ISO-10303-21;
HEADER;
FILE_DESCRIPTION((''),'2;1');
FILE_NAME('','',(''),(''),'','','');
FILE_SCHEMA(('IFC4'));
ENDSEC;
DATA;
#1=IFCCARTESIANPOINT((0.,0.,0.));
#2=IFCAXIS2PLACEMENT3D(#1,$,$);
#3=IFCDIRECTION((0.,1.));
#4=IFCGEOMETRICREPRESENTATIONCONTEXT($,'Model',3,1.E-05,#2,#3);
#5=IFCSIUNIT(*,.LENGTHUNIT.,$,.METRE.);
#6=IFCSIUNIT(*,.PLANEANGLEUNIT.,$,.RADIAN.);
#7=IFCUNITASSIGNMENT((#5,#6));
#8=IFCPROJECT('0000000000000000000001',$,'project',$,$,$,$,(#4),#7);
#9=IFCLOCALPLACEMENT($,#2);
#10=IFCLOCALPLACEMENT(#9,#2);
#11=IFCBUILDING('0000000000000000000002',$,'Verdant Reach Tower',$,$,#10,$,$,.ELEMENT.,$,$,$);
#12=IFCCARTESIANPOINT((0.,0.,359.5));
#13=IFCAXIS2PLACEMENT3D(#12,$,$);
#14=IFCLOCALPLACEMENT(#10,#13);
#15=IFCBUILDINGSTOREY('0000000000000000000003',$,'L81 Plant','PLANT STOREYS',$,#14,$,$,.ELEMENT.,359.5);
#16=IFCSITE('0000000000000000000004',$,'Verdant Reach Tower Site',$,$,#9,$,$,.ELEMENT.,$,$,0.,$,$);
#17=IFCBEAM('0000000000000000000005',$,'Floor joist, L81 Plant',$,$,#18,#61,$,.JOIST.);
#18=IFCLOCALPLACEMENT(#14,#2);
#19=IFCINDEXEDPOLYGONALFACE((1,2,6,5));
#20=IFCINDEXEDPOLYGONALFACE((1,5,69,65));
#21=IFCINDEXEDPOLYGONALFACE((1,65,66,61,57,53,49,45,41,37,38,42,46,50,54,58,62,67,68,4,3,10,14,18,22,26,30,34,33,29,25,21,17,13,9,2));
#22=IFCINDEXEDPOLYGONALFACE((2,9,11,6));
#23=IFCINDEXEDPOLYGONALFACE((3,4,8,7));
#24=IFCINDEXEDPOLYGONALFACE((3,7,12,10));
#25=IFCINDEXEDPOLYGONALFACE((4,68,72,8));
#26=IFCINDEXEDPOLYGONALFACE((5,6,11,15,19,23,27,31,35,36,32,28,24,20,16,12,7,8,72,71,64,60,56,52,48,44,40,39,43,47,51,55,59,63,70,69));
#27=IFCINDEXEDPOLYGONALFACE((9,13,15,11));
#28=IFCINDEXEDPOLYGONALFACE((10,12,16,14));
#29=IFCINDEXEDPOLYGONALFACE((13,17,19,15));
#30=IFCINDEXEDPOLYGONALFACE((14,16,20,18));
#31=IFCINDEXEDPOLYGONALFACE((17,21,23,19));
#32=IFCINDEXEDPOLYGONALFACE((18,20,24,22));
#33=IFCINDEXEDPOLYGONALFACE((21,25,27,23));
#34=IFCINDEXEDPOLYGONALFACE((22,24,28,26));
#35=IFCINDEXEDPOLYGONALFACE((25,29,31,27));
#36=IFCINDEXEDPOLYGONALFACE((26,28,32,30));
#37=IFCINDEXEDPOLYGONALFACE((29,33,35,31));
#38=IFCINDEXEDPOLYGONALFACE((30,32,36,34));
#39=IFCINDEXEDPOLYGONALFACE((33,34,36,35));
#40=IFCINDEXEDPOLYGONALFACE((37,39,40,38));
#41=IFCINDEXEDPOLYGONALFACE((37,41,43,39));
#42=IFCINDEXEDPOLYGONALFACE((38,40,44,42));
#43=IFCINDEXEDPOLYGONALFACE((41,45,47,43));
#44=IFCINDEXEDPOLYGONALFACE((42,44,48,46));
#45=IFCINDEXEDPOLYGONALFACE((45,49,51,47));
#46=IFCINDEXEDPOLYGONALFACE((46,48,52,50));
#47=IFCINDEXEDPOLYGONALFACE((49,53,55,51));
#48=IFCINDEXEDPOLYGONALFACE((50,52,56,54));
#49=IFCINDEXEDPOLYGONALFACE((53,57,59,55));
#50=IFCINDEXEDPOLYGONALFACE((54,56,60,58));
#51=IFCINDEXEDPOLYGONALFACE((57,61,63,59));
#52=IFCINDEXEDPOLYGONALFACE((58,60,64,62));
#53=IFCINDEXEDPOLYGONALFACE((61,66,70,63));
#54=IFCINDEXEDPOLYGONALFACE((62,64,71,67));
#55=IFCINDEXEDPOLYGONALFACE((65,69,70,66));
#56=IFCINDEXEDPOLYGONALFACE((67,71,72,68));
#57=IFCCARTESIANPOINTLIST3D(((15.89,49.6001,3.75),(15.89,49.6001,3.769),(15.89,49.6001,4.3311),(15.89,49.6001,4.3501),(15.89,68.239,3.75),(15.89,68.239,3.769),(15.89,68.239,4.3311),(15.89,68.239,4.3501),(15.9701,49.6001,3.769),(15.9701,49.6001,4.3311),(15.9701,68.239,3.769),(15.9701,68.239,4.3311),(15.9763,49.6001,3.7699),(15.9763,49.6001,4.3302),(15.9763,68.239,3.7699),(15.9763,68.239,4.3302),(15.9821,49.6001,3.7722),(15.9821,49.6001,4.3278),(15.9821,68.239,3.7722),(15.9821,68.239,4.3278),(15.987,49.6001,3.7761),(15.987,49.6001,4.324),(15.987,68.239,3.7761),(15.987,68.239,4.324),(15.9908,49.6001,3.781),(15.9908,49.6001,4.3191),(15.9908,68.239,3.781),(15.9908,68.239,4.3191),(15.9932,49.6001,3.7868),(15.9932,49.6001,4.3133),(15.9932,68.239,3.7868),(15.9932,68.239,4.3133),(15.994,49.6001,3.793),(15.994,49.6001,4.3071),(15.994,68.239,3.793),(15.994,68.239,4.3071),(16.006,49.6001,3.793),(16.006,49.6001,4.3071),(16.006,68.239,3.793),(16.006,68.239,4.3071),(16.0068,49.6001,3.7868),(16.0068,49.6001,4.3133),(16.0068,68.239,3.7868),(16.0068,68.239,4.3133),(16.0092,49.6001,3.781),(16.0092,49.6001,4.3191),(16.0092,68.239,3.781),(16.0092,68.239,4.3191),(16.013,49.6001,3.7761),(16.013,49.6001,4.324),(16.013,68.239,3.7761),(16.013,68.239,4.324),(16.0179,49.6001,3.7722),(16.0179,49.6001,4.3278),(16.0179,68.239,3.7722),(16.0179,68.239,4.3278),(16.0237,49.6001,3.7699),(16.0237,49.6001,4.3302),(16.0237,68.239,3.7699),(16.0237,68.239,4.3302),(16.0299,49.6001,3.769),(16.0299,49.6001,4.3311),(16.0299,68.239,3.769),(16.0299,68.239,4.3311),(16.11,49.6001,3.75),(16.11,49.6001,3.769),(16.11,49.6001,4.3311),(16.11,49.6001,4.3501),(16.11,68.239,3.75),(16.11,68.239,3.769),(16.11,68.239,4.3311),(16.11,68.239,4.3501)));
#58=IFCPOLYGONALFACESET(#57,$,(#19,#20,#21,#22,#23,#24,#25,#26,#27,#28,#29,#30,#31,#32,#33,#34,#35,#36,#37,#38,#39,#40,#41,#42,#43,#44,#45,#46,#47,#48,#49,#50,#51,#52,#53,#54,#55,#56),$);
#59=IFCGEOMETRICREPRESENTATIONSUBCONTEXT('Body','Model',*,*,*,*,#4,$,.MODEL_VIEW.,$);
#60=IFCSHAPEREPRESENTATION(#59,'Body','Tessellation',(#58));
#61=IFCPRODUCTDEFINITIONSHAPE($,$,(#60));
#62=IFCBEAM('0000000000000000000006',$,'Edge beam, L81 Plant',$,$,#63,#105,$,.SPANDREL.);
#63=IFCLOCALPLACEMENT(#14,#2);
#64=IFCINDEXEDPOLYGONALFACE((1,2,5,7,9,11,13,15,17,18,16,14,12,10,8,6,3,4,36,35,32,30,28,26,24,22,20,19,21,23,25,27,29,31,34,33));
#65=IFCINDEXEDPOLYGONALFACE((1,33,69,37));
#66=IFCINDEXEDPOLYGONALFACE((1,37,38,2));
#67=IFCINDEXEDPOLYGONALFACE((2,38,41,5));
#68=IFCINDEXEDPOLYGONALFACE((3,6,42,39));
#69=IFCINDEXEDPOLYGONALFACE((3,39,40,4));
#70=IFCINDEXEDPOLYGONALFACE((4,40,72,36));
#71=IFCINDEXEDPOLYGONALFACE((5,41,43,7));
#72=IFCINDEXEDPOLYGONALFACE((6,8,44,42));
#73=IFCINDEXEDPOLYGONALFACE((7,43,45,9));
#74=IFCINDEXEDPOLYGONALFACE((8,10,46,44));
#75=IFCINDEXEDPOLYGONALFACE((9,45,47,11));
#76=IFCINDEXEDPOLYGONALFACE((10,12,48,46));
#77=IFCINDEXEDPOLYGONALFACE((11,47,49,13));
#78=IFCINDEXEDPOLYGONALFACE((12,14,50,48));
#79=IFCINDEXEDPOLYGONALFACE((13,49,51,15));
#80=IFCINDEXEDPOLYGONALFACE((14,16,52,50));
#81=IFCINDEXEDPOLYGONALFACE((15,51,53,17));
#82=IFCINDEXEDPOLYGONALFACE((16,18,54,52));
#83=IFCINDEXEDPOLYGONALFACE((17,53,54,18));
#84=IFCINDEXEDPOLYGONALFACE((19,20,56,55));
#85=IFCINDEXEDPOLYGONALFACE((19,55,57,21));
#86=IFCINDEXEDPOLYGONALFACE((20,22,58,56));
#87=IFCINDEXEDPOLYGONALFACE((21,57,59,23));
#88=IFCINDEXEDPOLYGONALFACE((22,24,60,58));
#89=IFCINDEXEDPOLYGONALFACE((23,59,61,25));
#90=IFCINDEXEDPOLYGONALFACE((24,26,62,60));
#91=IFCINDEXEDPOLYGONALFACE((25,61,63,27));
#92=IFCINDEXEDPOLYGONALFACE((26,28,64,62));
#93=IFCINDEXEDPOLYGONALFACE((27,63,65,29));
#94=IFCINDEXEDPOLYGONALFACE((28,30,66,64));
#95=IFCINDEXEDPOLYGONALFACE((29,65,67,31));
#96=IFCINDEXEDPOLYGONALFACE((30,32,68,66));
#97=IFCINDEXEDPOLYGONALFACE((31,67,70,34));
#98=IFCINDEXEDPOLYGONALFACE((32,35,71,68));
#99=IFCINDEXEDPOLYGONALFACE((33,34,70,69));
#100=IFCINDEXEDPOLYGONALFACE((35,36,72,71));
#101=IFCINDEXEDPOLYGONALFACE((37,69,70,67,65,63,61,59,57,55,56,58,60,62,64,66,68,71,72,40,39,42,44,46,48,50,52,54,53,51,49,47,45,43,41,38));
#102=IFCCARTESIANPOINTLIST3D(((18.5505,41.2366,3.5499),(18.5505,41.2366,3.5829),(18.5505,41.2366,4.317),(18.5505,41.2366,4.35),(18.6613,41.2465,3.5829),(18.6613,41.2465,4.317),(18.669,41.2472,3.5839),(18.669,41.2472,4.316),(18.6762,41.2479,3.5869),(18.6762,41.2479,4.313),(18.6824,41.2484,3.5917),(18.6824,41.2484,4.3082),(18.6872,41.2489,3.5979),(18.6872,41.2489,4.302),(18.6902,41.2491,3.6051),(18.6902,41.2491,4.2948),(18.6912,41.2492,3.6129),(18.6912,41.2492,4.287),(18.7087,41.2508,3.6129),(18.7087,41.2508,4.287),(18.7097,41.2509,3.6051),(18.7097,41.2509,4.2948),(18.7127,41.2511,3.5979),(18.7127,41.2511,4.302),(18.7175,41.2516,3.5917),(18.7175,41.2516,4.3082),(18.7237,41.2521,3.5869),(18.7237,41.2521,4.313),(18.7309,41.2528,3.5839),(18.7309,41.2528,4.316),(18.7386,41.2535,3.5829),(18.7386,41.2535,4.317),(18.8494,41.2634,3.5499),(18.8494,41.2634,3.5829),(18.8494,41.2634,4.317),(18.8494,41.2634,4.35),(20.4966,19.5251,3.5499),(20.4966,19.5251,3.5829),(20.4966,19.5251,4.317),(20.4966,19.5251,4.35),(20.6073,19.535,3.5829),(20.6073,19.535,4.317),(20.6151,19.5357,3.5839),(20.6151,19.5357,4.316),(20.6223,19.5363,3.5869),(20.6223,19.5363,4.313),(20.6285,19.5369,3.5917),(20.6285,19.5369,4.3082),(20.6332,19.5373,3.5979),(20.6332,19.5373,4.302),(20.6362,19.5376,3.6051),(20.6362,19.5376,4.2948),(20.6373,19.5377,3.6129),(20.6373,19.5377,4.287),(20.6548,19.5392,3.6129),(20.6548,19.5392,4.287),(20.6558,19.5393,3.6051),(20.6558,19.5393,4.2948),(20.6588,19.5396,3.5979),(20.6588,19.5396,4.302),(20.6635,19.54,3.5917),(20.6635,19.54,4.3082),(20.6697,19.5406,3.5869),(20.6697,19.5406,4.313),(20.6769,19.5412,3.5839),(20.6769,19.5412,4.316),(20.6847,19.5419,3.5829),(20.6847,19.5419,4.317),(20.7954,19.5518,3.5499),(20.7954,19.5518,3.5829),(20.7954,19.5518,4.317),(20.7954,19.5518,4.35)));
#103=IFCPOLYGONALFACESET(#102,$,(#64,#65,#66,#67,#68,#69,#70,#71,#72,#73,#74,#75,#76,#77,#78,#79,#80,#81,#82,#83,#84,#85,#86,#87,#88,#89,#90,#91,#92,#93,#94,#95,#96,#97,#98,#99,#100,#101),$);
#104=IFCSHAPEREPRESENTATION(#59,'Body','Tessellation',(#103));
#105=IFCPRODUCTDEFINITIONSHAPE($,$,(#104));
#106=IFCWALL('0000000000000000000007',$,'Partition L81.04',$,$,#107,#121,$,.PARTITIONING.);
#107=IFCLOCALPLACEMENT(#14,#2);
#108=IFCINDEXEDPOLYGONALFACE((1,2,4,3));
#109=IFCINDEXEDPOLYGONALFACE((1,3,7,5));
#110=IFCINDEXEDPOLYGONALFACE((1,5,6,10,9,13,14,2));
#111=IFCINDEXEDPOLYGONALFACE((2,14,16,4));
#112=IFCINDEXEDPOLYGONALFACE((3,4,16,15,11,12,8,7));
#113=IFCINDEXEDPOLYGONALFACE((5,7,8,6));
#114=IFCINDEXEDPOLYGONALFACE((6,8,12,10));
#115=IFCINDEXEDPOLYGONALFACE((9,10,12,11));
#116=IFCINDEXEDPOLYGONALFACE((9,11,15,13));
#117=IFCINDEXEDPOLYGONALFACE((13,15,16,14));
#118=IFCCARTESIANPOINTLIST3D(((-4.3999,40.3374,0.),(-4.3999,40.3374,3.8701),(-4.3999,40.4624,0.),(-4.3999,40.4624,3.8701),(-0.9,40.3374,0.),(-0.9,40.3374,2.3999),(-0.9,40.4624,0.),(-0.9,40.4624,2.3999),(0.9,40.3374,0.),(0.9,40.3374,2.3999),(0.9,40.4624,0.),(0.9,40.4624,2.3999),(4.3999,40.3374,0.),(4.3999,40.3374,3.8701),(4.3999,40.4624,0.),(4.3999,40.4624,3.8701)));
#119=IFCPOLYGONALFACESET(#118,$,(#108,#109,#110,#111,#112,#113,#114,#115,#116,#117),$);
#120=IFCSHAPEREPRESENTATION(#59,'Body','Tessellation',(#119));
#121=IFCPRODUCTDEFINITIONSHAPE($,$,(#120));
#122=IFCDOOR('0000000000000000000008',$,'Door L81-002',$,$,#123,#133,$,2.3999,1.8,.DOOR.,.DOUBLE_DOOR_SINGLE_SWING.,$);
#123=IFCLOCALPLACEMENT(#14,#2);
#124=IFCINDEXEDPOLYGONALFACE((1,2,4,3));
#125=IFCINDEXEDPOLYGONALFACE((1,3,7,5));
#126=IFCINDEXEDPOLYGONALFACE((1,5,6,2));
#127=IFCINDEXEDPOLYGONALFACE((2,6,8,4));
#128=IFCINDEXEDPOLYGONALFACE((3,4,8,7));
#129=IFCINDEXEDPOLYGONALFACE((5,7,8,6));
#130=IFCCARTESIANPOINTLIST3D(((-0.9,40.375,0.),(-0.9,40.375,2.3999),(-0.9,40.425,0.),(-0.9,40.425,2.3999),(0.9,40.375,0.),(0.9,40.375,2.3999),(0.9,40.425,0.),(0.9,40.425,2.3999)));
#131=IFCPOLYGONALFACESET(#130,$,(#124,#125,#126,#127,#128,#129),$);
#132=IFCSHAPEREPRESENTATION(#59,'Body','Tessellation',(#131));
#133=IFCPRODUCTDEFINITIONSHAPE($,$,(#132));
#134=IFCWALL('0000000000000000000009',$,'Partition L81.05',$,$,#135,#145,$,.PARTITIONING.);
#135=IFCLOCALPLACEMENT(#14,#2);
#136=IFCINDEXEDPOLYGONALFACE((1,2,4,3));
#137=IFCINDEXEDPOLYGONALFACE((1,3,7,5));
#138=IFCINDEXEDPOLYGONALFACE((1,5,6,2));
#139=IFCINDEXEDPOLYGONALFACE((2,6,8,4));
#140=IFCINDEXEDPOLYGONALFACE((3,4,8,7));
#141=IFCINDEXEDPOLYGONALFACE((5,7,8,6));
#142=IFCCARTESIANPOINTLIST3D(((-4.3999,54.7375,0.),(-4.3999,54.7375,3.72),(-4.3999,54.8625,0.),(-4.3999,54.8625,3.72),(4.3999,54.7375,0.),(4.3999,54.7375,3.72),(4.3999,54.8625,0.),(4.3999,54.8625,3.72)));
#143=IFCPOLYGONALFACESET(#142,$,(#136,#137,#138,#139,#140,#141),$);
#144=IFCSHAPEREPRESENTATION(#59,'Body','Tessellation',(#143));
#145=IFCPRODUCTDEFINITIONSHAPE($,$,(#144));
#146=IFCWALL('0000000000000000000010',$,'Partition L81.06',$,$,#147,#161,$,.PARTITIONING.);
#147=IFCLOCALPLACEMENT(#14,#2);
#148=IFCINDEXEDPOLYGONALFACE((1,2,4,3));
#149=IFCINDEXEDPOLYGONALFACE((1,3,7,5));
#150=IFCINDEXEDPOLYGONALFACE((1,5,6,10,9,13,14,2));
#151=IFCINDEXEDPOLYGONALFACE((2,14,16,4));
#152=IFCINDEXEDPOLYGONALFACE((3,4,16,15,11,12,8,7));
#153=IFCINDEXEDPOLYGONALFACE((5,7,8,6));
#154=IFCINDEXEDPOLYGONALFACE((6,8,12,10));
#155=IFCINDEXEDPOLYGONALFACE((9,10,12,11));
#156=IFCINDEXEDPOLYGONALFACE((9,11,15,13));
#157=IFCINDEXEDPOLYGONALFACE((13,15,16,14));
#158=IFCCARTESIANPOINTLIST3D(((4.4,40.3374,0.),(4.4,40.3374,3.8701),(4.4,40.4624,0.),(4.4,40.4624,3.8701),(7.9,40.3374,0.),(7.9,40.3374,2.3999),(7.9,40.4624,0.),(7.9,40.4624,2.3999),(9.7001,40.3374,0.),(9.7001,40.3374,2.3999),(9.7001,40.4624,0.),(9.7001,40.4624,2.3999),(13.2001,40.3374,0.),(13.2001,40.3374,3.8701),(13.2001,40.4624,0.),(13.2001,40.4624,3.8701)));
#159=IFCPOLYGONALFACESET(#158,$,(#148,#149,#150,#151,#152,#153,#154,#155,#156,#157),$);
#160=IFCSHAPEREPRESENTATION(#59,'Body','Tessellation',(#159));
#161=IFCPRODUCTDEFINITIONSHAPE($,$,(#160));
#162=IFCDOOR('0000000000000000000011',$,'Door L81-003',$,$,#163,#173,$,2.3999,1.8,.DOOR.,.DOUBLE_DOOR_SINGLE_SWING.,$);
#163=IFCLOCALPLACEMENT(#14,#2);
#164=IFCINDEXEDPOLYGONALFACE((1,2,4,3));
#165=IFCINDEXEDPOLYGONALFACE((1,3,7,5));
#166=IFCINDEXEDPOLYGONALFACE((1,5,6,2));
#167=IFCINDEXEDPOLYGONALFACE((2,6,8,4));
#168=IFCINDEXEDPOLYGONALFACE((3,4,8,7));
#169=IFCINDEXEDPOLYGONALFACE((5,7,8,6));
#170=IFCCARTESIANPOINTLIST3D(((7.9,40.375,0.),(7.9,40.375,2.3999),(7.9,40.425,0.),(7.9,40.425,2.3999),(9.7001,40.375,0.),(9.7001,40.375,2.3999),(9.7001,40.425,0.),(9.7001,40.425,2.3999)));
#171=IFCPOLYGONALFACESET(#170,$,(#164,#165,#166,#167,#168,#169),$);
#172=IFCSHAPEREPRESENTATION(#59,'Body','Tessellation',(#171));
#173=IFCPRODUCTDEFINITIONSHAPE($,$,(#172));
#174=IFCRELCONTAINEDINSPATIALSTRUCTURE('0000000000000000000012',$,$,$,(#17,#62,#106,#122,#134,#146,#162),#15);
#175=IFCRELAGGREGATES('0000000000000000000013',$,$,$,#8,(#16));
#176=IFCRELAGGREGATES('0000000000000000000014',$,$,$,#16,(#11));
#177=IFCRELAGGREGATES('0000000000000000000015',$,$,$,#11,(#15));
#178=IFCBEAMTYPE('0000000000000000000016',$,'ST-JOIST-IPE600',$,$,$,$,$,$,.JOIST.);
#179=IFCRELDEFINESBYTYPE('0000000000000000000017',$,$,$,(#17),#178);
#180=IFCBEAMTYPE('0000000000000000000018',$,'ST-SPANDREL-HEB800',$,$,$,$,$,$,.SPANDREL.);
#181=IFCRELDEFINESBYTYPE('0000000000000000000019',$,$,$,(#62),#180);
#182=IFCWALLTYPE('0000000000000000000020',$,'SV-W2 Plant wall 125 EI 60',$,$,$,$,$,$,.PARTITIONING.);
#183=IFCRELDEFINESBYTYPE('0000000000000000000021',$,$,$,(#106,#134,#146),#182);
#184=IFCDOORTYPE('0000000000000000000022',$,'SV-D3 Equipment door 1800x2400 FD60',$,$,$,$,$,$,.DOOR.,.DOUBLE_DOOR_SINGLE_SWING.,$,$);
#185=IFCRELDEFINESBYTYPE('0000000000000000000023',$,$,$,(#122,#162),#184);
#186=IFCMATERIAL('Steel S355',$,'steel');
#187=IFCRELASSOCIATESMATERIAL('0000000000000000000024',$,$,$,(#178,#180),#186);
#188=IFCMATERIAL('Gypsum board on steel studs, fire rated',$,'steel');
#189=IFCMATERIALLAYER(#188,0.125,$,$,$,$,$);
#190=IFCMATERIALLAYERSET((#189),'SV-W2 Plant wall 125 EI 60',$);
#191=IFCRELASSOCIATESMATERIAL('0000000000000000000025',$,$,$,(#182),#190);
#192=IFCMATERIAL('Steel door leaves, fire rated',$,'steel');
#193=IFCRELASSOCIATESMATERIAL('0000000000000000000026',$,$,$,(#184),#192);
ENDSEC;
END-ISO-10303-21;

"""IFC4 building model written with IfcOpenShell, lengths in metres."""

from ifc_helpers import new_model, si_unit, direction, frame, frame_2d, origin, origin_2d, place, context, subcontext, project, spatial, rectangle, i_section, extrude, material, layer, layer_set, material_profile, profile_set, type_object, element, fill, save


model = new_model("IFC4")

# Units and contexts
model_context = context("Model", 3, precision=1e-05, world=origin(), true_north=direction((0.0, 1.0)))
body_context = subcontext(model_context, "Body", "Model", "MODEL_VIEW")
ifc_project = project(units=[si_unit("LENGTHUNIT", "METRE"), si_unit("PLANEANGLEUNIT", "RADIAN")], contexts=[model_context])

# Site, building, storey
site_placement = place(None, origin())
site = spatial("IfcSite", under=ifc_project, at=site_placement, Name="Verdant Reach Tower Site", CompositionType="ELEMENT", RefElevation=0.0)
building_placement = place(site_placement, origin())
building = spatial("IfcBuilding", under=site, at=building_placement, Name="Verdant Reach Tower", CompositionType="ELEMENT")
storey_placement = place(building_placement, frame((0.0, 0.0, 359.5)))
storey = spatial("IfcBuildingStorey", under=building, at=storey_placement, Name="L81 Plant", Description="PLANT STOREYS", CompositionType="ELEMENT", Elevation=359.5)

# Beams
ifc_material_1 = material(Name="Steel S355", Category="steel")
ifc_material_profile_1 = material_profile(ifc_material_1, i_section(OverallWidth=0.22, OverallDepth=0.6001, WebThickness=0.012, FlangeThickness=0.019, FilletRadius=0.0239, at=origin_2d()), Name="IPE 600")
ifc_profile_set_1 = profile_set([ifc_material_profile_1], Name="Steel S355")
beam_type_1 = type_object("IfcBeamType", Name="ST-JOIST-IPE600", PredefinedType="JOIST", material=ifc_profile_set_1)
beam_1_placement = place(storey_placement, frame((16.0, 49.6001, 4.05), z_axis=(0.0, 1.0, 0.0), x_axis=(-1.0, 0.0, 0.0)))
element("IfcBeam", 1, at=beam_1_placement, inside=storey, type_object=beam_type_1, Name="Floor joist, L81 Plant", PredefinedType="JOIST", context=body_context, shape_type="SweptSolid", body=[
    extrude(i_section(OverallWidth=0.22, OverallDepth=0.6001, WebThickness=0.012, FlangeThickness=0.019, FilletRadius=0.0239, at=origin_2d()), origin(), (0.0, 0.0, 1.0), 18.6389),
])
ifc_material_profile_2 = material_profile(ifc_material_1, i_section(OverallWidth=0.3, OverallDepth=0.8, WebThickness=0.0176, FlangeThickness=0.033, FilletRadius=0.03, at=origin_2d()), Name="HEB 800")
ifc_profile_set_2 = profile_set([ifc_material_profile_2], Name="Steel S355")
beam_type_2 = type_object("IfcBeamType", Name="ST-SPANDREL-HEB800", PredefinedType="SPANDREL", material=ifc_profile_set_2)
beam_2_placement = place(storey_placement, frame((18.7, 41.25, 3.95), z_axis=(0.089274, -0.996007, 0.0), x_axis=(0.996007, 0.089274, 0.0)))
element("IfcBeam", 2, at=beam_2_placement, inside=storey, type_object=beam_type_2, Name="Edge beam, L81 Plant", PredefinedType="SPANDREL", context=body_context, shape_type="SweptSolid", body=[
    extrude(i_section(OverallWidth=0.3, OverallDepth=0.8, WebThickness=0.0176, FlangeThickness=0.033, FilletRadius=0.03, at=origin_2d()), origin(), (0.0, 0.0, 1.0), 21.7986),
])

# Wall, opening, door
ifc_material_2 = material(Name="Gypsum board on steel studs, fire rated", Category="steel")
ifc_layer = layer(ifc_material_2, 0.125)
ifc_layer_set = layer_set([ifc_layer], Name="SV-W2 Plant wall 125 EI 60")
wall_type = type_object("IfcWallType", Name="SV-W2 Plant wall 125 EI 60", PredefinedType="PARTITIONING", material=ifc_layer_set)
wall_1_placement = place(storey_placement, frame((4.3999, 40.3999, 0.0), z_axis=(0.0, 0.0, 1.0), x_axis=(-1.0, 0.0, 0.0)))
wall_1 = element("IfcWall", 3, at=wall_1_placement, inside=storey, type_object=wall_type, Name="Partition L81.04", PredefinedType="PARTITIONING", context=body_context, shape_type="SweptSolid", body=[
    extrude(rectangle(XDim=8.7998, YDim=0.125, at=frame_2d((4.3999, 0.0))), origin(), (0.0, 0.0, 1.0), 3.8701),
])
opening_1_placement = place(wall_1_placement, frame((3.5, 0.0, 0.0)))
opening_1 = element("IfcOpeningElement", 4, at=opening_1_placement, cuts=wall_1, PredefinedType="OPENING", context=body_context, shape_type="SweptSolid", body=[
    extrude(rectangle(XDim=1.8, YDim=2.3999, at=frame_2d((0.8999, 1.2))), frame((0.0, 0.0725, 0.0), z_axis=(0.0, -1.0, 0.0), x_axis=(1.0, 0.0, 0.0)), (0.0, 0.0, 1.0), 0.145),
])
ifc_material_3 = material(Name="Steel door leaves, fire rated", Category="steel")
door_type_1 = type_object("IfcDoorType", Name="SV-D3 Equipment door 1800x2400 FD60", OperationType="DOUBLE_DOOR_SINGLE_SWING", PredefinedType="DOOR", material=ifc_material_3)
door_1_placement = place(opening_1_placement, origin())
door_1 = element("IfcDoor", 5, at=door_1_placement, inside=storey, type_object=door_type_1, Name="Door L81-002", OperationType="DOUBLE_DOOR_SINGLE_SWING", OverallHeight=2.3999, OverallWidth=1.8, PredefinedType="DOOR", context=body_context, shape_type="SweptSolid", body=[
    extrude(rectangle(XDim=1.8, YDim=2.3999, at=frame_2d((0.8999, 1.2))), frame((0.0, 0.0249, 0.0), z_axis=(0.0, -1.0, 0.0), x_axis=(1.0, 0.0, 0.0)), (0.0, 0.0, 1.0), 0.05),
])
fill(opening_1, door_1)

# Wall
wall_2_placement = place(storey_placement, frame((4.3999, 54.8, 0.0), z_axis=(0.0, 0.0, 1.0), x_axis=(-1.0, 0.0, 0.0)))
element("IfcWall", 6, at=wall_2_placement, inside=storey, type_object=wall_type, Name="Partition L81.05", PredefinedType="PARTITIONING", context=body_context, shape_type="SweptSolid", body=[
    extrude(rectangle(XDim=8.7998, YDim=0.125, at=frame_2d((4.3999, 0.0))), origin(), (0.0, 0.0, 1.0), 3.72),
])

# Wall, opening, door
wall_3_placement = place(storey_placement, frame((13.2, 40.3999, 0.0), z_axis=(0.0, 0.0, 1.0), x_axis=(-1.0, 0.0, 0.0)))
wall_3 = element("IfcWall", 7, at=wall_3_placement, inside=storey, type_object=wall_type, Name="Partition L81.06", PredefinedType="PARTITIONING", context=body_context, shape_type="SweptSolid", body=[
    extrude(rectangle(XDim=8.8, YDim=0.125, at=frame_2d((4.3999, 0.0))), origin(), (0.0, 0.0, 1.0), 3.8701),
])
opening_2_placement = place(wall_3_placement, frame((3.5, 0.0, 0.0)))
opening_2 = element("IfcOpeningElement", 8, at=opening_2_placement, cuts=wall_3, PredefinedType="OPENING", context=body_context, shape_type="SweptSolid", body=[
    extrude(rectangle(XDim=1.8, YDim=2.3999, at=frame_2d((0.8999, 1.2))), frame((0.0, 0.0725, 0.0), z_axis=(0.0, -1.0, 0.0), x_axis=(1.0, 0.0, 0.0)), (0.0, 0.0, 1.0), 0.145),
])
door_2_placement = place(opening_2_placement, origin())
door_2 = element("IfcDoor", 9, at=door_2_placement, inside=storey, type_object=door_type_1, Name="Door L81-003", OperationType="DOUBLE_DOOR_SINGLE_SWING", OverallHeight=2.3999, OverallWidth=1.8, PredefinedType="DOOR", context=body_context, shape_type="SweptSolid", body=[
    extrude(rectangle(XDim=1.8, YDim=2.3999, at=frame_2d((0.8999, 1.2))), frame((0.0, 0.0249, 0.0), z_axis=(0.0, -1.0, 0.0), x_axis=(1.0, 0.0, 0.0)), (0.0, 0.0, 1.0), 0.05),
])
fill(opening_2, door_2)

save(model, "model.ifc")
